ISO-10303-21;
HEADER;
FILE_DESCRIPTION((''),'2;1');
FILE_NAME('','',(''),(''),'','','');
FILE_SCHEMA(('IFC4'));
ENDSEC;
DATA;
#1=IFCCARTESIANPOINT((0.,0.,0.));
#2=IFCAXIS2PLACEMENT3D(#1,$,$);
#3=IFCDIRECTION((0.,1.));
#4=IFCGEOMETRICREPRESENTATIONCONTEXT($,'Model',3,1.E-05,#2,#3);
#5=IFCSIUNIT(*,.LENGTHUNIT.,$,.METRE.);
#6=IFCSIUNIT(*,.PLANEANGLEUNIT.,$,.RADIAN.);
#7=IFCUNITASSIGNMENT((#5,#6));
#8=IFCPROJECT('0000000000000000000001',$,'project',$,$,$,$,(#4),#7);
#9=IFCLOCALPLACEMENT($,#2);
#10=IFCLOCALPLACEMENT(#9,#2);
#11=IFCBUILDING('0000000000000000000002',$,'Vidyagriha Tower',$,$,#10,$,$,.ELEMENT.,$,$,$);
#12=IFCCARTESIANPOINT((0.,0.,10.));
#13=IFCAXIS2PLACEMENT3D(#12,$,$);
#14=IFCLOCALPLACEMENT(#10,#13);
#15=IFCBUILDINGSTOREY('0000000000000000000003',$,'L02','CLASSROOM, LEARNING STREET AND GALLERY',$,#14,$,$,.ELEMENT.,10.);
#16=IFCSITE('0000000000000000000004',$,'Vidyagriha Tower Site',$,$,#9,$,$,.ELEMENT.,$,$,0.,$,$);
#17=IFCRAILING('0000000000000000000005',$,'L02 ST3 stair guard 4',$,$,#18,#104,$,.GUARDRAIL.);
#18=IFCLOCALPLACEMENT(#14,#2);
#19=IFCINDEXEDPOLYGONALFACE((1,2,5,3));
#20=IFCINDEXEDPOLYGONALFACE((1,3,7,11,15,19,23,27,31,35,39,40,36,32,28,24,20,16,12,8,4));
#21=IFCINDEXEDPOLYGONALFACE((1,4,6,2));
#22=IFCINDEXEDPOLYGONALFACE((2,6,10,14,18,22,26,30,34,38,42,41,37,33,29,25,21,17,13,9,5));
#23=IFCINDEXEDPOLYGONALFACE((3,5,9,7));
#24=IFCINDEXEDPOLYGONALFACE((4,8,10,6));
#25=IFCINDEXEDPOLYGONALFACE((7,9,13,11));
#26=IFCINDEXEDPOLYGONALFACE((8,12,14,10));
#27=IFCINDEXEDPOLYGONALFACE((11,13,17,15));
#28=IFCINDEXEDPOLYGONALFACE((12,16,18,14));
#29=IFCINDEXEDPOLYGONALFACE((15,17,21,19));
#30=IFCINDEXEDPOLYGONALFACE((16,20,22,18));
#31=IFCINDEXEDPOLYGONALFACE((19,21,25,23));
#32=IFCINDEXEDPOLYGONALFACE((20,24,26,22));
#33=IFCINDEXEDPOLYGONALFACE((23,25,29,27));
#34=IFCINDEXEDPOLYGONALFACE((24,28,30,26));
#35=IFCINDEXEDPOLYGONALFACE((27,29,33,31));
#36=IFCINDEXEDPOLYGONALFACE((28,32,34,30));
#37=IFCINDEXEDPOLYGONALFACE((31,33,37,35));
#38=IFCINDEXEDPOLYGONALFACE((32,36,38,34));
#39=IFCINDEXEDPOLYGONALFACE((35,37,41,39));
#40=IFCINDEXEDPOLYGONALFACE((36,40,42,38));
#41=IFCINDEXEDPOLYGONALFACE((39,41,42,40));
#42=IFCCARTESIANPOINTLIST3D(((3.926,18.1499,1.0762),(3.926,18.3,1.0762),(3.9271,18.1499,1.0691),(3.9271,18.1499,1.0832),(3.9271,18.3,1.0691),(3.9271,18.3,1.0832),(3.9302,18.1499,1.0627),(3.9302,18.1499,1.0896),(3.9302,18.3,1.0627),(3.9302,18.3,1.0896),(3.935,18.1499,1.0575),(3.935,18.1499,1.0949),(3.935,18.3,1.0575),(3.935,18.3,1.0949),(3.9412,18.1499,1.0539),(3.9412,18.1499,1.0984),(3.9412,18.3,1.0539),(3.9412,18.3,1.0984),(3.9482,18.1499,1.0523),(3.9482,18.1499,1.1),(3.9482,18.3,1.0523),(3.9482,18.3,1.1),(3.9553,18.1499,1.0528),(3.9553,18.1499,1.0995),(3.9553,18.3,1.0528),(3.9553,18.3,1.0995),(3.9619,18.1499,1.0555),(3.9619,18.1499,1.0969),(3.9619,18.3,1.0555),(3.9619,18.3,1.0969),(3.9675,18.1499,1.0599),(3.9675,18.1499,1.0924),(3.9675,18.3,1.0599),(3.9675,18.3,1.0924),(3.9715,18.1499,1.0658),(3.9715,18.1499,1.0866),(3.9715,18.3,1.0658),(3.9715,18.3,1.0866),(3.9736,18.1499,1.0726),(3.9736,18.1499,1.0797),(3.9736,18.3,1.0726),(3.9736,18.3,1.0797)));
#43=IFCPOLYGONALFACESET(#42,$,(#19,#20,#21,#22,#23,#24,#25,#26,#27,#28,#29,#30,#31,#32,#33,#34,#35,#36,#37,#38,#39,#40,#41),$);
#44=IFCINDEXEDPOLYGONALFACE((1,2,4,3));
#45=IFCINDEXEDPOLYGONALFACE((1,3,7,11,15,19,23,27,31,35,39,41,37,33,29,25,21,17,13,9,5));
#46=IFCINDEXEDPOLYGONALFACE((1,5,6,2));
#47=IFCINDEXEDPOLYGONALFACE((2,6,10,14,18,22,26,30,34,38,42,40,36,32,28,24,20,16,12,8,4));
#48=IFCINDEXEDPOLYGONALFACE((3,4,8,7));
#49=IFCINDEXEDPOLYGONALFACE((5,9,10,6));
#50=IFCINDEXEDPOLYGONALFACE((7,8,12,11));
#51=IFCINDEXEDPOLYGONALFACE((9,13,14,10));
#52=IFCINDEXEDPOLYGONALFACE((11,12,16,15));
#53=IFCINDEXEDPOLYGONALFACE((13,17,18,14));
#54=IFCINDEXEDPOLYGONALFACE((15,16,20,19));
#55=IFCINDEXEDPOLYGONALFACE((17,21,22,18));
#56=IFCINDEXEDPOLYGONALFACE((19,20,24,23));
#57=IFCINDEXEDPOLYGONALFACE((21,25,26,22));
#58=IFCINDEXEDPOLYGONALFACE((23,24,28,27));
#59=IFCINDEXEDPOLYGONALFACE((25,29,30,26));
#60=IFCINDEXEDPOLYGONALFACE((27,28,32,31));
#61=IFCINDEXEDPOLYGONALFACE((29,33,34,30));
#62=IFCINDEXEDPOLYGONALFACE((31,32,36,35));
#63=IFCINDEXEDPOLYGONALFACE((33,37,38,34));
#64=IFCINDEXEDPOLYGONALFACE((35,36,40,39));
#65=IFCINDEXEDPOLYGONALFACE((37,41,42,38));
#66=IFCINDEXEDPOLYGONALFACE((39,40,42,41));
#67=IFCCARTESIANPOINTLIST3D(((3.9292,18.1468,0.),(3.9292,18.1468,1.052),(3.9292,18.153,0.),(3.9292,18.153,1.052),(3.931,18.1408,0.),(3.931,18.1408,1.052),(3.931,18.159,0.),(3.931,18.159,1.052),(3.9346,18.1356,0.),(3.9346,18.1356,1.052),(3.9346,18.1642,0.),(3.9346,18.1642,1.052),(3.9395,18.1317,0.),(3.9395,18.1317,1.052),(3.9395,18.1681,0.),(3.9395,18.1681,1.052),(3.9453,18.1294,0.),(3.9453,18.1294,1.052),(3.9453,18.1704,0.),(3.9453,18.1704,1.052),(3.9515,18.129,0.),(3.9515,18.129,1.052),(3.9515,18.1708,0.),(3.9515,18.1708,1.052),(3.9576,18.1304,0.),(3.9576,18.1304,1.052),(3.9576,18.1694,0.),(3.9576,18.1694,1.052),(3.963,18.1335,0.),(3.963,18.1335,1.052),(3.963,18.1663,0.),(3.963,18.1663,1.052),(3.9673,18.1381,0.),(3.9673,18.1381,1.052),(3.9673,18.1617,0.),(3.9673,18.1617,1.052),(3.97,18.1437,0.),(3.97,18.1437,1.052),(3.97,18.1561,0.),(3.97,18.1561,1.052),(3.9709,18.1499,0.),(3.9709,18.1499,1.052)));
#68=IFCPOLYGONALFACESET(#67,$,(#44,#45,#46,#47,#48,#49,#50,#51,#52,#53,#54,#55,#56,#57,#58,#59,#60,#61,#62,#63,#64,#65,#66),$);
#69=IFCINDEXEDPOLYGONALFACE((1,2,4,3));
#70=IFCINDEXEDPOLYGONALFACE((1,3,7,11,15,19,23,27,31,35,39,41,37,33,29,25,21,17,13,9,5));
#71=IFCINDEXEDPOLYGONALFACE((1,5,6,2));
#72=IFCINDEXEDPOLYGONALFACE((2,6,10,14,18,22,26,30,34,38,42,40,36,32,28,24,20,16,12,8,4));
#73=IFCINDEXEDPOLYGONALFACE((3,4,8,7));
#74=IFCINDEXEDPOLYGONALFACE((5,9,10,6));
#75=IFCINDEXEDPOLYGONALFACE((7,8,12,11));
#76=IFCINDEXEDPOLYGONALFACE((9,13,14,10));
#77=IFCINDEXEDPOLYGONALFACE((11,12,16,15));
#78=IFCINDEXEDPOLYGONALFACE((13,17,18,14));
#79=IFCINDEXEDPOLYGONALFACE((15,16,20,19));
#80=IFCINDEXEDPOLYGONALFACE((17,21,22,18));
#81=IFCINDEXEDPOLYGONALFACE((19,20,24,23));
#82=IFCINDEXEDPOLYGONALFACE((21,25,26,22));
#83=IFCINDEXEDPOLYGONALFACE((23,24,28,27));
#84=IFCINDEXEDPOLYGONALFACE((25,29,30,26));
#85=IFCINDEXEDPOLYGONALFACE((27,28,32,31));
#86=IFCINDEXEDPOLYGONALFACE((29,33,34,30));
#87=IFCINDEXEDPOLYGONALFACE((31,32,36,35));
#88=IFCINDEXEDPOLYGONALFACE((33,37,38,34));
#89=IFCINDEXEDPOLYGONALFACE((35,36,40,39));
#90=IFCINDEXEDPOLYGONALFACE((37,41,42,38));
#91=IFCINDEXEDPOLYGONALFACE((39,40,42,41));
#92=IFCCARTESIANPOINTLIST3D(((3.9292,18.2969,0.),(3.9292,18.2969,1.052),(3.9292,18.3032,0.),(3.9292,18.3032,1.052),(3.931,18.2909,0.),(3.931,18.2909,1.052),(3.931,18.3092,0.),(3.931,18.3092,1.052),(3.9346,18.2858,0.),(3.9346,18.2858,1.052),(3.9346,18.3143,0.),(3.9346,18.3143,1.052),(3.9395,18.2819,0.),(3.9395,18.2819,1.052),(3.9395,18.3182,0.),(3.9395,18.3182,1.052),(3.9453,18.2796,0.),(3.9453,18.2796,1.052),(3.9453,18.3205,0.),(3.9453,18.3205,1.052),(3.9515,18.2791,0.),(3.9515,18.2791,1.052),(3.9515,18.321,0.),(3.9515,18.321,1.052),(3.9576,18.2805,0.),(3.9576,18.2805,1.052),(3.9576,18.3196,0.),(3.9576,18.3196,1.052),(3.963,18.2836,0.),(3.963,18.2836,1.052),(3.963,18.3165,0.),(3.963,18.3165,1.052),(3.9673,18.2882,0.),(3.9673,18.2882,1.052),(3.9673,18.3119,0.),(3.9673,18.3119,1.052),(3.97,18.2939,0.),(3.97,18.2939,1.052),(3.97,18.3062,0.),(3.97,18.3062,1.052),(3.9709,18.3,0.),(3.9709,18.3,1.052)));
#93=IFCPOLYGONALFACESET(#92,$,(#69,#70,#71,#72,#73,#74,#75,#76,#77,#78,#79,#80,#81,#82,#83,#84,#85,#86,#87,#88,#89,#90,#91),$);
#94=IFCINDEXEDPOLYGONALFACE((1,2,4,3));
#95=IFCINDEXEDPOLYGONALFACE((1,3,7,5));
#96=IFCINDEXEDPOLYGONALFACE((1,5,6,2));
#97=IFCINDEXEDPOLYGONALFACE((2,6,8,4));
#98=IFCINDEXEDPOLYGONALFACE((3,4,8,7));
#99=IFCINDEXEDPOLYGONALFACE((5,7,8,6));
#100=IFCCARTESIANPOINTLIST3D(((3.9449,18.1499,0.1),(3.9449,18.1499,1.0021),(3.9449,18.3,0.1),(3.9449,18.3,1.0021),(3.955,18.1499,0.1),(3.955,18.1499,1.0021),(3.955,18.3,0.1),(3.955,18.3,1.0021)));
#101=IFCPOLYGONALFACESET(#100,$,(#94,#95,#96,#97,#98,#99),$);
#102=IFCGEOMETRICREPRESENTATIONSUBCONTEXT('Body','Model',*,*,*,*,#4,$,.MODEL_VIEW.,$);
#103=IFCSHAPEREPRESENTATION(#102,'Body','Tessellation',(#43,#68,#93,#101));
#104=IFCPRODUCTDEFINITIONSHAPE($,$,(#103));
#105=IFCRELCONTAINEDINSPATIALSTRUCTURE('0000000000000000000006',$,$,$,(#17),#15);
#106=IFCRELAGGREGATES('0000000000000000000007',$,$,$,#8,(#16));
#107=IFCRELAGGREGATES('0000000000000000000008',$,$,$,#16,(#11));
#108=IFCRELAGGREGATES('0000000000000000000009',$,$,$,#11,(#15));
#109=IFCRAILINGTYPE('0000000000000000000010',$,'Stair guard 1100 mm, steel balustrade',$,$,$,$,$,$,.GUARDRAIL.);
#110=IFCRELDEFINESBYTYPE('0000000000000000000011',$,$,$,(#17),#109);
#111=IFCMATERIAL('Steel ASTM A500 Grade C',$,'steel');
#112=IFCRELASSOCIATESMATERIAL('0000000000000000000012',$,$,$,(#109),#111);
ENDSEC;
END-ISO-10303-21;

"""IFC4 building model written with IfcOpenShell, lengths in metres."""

from ifc_helpers import new_model, si_unit, direction, frame, origin, origin_2d, place, context, subcontext, project, spatial, rectangle, circle, extrude, material, type_object, element, save


model = new_model("IFC4")

# Units and contexts
model_context = context("Model", 3, precision=1e-05, world=origin(), true_north=direction((0.0, 1.0)))
body_context = subcontext(model_context, "Body", "Model", "MODEL_VIEW")
ifc_project = project(units=[si_unit("LENGTHUNIT", "METRE"), si_unit("PLANEANGLEUNIT", "RADIAN")], contexts=[model_context])

# Site, building, storey
site_placement = place(None, origin())
site = spatial("IfcSite", under=ifc_project, at=site_placement, Name="Vidyagriha Tower Site", CompositionType="ELEMENT", RefElevation=0.0)
building_placement = place(site_placement, origin())
building = spatial("IfcBuilding", under=site, at=building_placement, Name="Vidyagriha Tower", CompositionType="ELEMENT")
storey_placement = place(building_placement, frame((0.0, 0.0, 10.0)))
storey = spatial("IfcBuildingStorey", under=building, at=storey_placement, Name="L02", Description="CLASSROOM, LEARNING STREET AND GALLERY", CompositionType="ELEMENT", Elevation=10.0)

# Railing
ifc_material_1 = material(Name="Steel ASTM A500 Grade C", Category="steel")
railing_type_1 = type_object("IfcRailingType", Name="Stair guard 1100 mm, steel balustrade", PredefinedType="GUARDRAIL", material=ifc_material_1)
railing_1_placement = place(storey_placement, frame((3.95, 18.1499, 0.0)))
element("IfcRailing", 1, at=railing_1_placement, inside=storey, type_object=railing_type_1, Name="L02 ST3 stair guard 4", PredefinedType="GUARDRAIL", context=body_context, shape_type="SweptSolid", body=[
    extrude(circle(Radius=0.0239, at=origin_2d()), frame((0.0, 0.0, 1.0762), z_axis=(0.0, 1.0, 0.0), x_axis=(-1.0, 0.0, 0.0)), (0.0, 0.0, 1.0), 0.1501),
    extrude(circle(Radius=0.021, at=origin_2d()), origin(), (0.0, 0.0, 1.0), 1.052),
    extrude(circle(Radius=0.021, at=origin_2d()), frame((0.0, 0.1501, 0.0)), (0.0, 0.0, 1.0), 1.052),
    extrude(rectangle(XDim=0.01, YDim=0.9021, at=origin_2d()), frame((0.0, 0.0, 0.551), z_axis=(0.0, 1.0, 0.0), x_axis=(-1.0, 0.0, 0.0)), (0.0, 0.0, 1.0), 0.1501),
])

save(model, "model.ifc")
